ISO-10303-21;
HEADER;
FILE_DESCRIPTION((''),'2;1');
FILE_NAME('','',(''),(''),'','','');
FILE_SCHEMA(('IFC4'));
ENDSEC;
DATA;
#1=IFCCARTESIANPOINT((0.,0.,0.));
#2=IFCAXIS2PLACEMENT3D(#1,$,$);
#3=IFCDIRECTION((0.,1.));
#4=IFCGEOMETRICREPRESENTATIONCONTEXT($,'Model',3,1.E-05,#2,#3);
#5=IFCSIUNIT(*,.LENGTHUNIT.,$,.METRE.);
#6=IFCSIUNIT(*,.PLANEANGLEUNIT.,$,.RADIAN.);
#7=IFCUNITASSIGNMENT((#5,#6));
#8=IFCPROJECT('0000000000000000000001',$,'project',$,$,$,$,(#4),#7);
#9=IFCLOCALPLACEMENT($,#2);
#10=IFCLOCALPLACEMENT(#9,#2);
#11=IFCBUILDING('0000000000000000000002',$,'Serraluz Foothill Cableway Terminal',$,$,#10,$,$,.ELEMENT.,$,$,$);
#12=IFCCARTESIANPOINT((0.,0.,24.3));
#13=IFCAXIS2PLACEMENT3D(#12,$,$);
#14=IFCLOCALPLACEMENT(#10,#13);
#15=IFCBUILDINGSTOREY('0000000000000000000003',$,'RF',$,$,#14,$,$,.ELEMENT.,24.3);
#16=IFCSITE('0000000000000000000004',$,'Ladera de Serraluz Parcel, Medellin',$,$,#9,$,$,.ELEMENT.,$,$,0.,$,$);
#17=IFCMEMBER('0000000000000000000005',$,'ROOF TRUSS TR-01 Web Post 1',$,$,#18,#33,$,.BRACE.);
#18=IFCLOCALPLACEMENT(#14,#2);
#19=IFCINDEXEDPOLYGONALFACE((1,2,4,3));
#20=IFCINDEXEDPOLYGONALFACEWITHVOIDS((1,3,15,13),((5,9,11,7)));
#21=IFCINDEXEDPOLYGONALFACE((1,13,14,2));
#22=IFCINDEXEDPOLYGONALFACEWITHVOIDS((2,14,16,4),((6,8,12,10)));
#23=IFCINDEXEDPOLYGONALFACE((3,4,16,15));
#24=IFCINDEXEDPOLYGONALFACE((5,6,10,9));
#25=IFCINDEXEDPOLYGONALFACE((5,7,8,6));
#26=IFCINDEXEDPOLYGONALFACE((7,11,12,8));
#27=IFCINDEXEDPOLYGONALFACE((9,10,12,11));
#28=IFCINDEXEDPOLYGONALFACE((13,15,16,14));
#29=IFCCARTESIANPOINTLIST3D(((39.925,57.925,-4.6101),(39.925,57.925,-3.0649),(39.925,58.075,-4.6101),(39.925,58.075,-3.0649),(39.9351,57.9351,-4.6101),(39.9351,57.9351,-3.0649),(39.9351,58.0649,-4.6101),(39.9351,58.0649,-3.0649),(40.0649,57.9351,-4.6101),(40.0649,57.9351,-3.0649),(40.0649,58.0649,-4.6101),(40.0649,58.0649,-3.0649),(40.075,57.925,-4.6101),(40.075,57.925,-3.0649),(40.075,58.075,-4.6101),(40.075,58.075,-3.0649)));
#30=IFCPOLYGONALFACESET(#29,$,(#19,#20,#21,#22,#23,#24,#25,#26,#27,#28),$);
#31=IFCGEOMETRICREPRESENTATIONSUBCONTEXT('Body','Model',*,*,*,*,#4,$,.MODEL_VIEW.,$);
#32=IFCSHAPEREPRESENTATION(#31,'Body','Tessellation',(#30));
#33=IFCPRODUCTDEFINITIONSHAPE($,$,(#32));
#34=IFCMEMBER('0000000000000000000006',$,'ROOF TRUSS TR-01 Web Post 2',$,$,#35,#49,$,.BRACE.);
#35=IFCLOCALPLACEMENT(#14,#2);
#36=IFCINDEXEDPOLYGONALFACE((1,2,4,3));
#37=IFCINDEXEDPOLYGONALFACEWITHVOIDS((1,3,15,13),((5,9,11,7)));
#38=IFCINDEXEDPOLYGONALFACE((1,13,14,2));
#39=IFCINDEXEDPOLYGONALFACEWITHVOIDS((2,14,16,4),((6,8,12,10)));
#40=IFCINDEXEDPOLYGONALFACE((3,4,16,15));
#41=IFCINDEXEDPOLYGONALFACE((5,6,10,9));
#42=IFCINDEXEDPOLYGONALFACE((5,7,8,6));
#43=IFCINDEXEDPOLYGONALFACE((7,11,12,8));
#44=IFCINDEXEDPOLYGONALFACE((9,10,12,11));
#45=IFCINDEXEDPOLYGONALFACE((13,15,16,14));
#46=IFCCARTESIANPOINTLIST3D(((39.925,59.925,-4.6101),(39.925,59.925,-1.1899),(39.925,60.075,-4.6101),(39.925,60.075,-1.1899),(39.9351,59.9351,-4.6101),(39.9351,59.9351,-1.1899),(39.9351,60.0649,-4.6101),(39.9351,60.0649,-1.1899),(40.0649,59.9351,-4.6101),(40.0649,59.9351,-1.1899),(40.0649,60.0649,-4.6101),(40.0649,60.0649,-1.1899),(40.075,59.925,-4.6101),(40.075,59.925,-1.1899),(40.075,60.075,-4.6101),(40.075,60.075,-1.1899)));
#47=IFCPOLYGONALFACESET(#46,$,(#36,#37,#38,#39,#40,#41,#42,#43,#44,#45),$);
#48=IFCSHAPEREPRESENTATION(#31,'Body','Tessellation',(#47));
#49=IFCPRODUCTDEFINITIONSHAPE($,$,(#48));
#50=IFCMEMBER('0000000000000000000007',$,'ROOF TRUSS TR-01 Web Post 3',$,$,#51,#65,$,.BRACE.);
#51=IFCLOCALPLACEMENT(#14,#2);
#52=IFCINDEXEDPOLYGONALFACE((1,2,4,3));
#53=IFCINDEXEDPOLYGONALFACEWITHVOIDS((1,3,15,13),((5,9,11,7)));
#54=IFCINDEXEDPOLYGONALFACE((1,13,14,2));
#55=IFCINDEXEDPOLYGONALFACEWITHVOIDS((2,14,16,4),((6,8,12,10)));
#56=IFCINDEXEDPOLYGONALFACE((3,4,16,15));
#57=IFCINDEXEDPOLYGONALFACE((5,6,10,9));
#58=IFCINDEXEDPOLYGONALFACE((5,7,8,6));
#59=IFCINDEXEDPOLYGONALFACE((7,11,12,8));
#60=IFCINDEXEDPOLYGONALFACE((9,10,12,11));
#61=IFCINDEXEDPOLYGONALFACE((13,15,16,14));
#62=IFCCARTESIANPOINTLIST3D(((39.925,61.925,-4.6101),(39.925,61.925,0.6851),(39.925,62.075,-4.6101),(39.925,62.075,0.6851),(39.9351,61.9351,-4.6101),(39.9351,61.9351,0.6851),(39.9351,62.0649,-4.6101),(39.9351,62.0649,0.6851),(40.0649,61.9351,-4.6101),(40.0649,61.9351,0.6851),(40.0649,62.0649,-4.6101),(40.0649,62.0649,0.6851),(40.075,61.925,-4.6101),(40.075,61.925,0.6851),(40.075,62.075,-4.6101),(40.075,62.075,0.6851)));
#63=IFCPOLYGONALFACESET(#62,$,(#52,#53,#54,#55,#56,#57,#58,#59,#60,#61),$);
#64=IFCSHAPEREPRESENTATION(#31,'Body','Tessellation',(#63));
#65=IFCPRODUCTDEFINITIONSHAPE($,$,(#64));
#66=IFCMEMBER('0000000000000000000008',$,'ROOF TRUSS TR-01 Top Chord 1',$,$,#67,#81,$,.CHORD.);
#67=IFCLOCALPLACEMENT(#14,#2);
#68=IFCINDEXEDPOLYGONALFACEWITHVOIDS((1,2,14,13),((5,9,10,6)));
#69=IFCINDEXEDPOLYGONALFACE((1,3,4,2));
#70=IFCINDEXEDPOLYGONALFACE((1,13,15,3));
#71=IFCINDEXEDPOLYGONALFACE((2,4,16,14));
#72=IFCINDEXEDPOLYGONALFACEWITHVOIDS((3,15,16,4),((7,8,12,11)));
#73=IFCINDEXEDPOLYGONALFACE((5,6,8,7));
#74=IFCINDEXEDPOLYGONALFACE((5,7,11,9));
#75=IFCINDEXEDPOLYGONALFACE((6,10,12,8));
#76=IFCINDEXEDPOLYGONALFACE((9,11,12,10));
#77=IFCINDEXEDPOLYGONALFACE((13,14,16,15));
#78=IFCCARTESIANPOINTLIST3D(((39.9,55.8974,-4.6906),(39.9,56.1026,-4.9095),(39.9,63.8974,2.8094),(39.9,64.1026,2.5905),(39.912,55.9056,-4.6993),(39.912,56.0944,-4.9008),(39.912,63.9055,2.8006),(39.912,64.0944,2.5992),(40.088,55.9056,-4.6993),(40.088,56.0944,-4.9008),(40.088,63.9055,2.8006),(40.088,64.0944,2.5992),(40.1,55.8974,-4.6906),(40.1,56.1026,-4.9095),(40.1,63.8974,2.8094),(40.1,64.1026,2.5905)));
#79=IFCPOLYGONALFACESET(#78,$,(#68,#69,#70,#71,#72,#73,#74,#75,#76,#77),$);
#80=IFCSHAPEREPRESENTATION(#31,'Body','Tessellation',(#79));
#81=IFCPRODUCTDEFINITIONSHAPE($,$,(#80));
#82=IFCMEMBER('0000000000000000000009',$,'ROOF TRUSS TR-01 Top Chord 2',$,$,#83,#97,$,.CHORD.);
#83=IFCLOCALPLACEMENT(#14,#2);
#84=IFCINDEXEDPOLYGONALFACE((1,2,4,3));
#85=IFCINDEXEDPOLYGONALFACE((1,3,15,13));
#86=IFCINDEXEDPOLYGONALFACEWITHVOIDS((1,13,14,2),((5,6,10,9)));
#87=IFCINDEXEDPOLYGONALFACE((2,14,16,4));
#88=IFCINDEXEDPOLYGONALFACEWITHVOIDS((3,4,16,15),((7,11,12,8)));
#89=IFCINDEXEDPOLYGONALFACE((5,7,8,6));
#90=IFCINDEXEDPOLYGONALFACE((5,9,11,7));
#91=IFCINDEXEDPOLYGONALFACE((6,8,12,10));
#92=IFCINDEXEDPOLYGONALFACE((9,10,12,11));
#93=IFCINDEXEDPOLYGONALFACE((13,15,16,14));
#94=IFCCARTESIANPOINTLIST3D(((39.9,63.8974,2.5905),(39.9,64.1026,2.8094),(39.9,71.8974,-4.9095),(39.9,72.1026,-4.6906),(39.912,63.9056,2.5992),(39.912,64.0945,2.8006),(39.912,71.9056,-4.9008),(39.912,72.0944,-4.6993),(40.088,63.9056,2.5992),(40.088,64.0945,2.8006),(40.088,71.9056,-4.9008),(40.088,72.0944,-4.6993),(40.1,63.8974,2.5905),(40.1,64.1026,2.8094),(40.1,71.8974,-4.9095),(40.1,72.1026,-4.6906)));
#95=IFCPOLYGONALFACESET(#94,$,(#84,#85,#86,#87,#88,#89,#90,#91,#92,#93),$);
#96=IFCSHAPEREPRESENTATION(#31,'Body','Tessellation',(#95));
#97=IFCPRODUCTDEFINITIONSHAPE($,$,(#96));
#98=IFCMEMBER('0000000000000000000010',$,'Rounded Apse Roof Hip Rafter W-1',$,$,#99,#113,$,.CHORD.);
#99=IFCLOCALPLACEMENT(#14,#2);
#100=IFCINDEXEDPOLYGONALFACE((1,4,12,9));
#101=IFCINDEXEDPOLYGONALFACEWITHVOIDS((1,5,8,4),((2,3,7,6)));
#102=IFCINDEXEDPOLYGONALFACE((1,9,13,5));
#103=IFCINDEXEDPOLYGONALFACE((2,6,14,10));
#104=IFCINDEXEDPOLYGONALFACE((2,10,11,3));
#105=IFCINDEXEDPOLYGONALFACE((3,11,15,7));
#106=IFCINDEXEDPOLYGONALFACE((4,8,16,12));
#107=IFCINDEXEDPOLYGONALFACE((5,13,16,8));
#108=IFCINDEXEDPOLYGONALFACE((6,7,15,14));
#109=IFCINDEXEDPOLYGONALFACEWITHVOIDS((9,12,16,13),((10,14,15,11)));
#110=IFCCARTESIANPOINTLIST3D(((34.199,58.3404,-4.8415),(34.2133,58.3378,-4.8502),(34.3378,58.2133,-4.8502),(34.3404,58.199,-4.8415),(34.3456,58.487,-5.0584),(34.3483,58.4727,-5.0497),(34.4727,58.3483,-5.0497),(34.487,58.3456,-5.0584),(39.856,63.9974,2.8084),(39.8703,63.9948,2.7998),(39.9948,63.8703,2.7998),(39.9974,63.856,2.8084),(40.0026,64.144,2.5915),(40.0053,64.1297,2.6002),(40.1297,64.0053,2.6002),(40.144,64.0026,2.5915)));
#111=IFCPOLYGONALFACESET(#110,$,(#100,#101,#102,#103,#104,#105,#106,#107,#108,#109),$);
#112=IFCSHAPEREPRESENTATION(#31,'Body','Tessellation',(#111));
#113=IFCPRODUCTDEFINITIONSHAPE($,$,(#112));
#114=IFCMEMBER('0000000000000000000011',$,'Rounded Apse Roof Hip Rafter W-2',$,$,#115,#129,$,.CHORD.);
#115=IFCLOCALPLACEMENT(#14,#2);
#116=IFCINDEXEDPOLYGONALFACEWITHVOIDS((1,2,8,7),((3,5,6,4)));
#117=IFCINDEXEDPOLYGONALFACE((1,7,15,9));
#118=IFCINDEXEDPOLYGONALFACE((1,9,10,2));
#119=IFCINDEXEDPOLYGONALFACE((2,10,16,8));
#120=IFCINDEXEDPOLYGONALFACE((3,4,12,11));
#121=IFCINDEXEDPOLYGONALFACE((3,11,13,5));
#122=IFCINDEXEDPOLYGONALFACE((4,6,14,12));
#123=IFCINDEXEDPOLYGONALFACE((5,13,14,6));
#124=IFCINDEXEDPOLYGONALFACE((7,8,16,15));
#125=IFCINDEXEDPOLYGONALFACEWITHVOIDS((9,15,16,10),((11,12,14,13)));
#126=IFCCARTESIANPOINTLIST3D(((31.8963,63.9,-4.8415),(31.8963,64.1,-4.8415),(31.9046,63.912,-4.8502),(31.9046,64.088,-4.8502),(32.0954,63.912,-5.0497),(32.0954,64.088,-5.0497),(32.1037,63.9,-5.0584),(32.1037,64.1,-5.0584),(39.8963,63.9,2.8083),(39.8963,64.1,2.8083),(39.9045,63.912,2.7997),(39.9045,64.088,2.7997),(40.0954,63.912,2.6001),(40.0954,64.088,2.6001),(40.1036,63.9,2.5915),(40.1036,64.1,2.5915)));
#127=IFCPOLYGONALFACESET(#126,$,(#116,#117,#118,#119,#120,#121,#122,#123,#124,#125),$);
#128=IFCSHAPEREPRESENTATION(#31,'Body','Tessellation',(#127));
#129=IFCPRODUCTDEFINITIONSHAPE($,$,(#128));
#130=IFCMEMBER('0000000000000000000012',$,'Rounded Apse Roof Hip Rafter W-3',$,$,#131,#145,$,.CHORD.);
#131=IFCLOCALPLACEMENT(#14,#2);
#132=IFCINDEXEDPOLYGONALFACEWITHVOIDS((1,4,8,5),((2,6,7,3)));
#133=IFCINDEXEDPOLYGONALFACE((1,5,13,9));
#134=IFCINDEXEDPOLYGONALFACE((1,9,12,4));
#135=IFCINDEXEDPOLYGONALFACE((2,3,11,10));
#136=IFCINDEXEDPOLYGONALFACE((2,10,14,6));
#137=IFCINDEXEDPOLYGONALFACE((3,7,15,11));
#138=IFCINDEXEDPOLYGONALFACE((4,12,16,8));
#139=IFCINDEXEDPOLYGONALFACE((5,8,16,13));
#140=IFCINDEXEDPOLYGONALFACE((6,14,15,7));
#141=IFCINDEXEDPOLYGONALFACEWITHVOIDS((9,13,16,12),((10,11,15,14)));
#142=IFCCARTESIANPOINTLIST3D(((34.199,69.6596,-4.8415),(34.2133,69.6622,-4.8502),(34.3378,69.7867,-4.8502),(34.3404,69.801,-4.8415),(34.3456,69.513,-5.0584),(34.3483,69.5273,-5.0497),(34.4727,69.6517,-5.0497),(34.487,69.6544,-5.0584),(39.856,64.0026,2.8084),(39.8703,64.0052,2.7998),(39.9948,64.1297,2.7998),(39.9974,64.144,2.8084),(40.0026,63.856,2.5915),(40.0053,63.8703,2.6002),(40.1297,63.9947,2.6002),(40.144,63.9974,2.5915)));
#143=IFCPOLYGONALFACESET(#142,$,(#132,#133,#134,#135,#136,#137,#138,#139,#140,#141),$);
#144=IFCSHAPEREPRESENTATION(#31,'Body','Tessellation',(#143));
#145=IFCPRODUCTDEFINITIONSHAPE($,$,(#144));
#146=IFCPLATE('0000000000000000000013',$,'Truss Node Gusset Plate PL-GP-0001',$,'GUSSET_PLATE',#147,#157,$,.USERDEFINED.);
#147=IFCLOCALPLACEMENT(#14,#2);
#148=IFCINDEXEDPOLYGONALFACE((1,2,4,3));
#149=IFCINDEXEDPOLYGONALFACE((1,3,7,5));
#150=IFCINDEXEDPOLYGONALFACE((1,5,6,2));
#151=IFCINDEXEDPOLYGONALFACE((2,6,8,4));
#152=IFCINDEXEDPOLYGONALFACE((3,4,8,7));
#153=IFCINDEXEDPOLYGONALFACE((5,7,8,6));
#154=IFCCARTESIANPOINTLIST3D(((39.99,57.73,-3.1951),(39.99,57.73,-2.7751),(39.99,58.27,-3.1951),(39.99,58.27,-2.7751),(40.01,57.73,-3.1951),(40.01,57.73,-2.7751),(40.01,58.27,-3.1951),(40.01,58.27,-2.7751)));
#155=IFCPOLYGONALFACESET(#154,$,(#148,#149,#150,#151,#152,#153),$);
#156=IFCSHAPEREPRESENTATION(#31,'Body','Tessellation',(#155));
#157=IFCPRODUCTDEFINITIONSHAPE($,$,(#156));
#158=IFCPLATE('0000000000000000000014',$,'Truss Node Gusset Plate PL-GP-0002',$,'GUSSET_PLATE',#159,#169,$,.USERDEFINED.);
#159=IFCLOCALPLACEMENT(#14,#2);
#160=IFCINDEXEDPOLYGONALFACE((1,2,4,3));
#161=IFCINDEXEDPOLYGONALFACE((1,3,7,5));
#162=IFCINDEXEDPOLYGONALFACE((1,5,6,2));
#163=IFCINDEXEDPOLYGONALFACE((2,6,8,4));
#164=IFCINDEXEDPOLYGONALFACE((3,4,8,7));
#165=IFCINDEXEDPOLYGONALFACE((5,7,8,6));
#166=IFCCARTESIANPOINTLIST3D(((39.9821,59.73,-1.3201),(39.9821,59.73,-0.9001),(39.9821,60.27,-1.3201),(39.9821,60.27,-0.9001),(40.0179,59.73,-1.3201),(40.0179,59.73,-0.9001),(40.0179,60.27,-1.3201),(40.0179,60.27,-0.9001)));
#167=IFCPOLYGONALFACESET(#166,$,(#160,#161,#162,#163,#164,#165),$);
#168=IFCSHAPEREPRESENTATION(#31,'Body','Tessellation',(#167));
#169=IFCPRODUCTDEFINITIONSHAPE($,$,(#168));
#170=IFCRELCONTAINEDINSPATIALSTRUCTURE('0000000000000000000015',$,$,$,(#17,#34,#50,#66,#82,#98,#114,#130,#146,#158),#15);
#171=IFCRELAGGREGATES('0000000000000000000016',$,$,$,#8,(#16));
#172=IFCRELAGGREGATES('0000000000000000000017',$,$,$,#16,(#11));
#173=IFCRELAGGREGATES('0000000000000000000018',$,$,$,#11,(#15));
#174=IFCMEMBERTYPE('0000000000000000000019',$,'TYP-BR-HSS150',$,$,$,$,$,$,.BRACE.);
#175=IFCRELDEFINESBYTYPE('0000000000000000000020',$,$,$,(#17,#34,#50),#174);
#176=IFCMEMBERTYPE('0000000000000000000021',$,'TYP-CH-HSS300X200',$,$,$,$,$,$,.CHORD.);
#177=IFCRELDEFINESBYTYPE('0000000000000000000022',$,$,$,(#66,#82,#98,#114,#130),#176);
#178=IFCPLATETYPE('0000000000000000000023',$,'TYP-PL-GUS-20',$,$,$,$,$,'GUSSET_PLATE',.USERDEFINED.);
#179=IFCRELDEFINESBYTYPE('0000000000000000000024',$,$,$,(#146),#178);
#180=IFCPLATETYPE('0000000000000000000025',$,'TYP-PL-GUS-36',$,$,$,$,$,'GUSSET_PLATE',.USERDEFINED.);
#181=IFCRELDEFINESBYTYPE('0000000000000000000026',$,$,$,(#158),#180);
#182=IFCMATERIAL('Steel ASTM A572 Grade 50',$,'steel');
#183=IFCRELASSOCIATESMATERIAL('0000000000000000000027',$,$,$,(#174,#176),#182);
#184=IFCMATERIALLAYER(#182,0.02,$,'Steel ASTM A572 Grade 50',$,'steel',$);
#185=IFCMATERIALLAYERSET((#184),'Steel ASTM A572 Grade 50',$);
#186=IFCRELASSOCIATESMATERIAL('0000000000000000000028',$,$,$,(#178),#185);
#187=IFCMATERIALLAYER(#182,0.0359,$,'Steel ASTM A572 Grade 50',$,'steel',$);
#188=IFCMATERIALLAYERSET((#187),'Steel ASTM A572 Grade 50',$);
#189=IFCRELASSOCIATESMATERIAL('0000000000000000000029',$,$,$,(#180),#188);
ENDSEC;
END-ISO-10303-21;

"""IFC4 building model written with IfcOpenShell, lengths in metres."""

from ifc_helpers import new_model, si_unit, direction, frame, origin, origin_2d, place, context, subcontext, project, spatial, rectangle, hollow_rectangle, extrude, material, layer, layer_set, material_profile, profile_set, type_object, element, save


model = new_model("IFC4")

# Units and contexts
model_context = context("Model", 3, precision=1e-05, world=origin(), true_north=direction((0.0, 1.0)))
body_context = subcontext(model_context, "Body", "Model", "MODEL_VIEW")
ifc_project = project(units=[si_unit("LENGTHUNIT", "METRE"), si_unit("PLANEANGLEUNIT", "RADIAN")], contexts=[model_context])

# Site, building, storey
site_placement = place(None, origin())
site = spatial("IfcSite", under=ifc_project, at=site_placement, Name="Ladera de Serraluz Parcel, Medellin", CompositionType="ELEMENT", RefElevation=0.0)
building_placement = place(site_placement, origin())
building = spatial("IfcBuilding", under=site, at=building_placement, Name="Serraluz Foothill Cableway Terminal", CompositionType="ELEMENT")
storey_placement = place(building_placement, frame((0.0, 0.0, 24.3)))
storey = spatial("IfcBuildingStorey", under=building, at=storey_placement, Name="RF", CompositionType="ELEMENT", Elevation=24.3)

# Members
ifc_material_1 = material(Name="Steel ASTM A572 Grade 50", Category="steel")
ifc_material_profile_1 = material_profile(ifc_material_1, hollow_rectangle(XDim=0.1499, YDim=0.1499, WallThickness=0.01, at=origin_2d()), Name="HSS150X150X10")
ifc_profile_set_1 = profile_set([ifc_material_profile_1], Name="Steel ASTM A572 Grade 50")
member_type_1 = type_object("IfcMemberType", Name="TYP-BR-HSS150", PredefinedType="BRACE", material=ifc_profile_set_1)
member_1_placement = place(storey_placement, frame((40.0, 58.0, -4.6101), z_axis=(0.0, 0.0, 1.0), x_axis=(1.0, 0.0, 0.0)))
element("IfcMember", 1, at=member_1_placement, inside=storey, type_object=member_type_1, Name="ROOF TRUSS TR-01 Web Post 1", PredefinedType="BRACE", context=body_context, shape_type="SweptSolid", body=[
    extrude(hollow_rectangle(XDim=0.1499, YDim=0.1499, WallThickness=0.01, at=origin_2d()), origin(), (0.0, 0.0, 1.0), 1.5452),
])
member_2_placement = place(storey_placement, frame((40.0, 60.0, -4.6101), z_axis=(0.0, 0.0, 1.0), x_axis=(1.0, 0.0, 0.0)))
element("IfcMember", 2, at=member_2_placement, inside=storey, type_object=member_type_1, Name="ROOF TRUSS TR-01 Web Post 2", PredefinedType="BRACE", context=body_context, shape_type="SweptSolid", body=[
    extrude(hollow_rectangle(XDim=0.1499, YDim=0.1499, WallThickness=0.01, at=origin_2d()), origin(), (0.0, 0.0, 1.0), 3.4202),
])
member_3_placement = place(storey_placement, frame((40.0, 62.0, -4.6101), z_axis=(0.0, 0.0, 1.0), x_axis=(1.0, 0.0, 0.0)))
element("IfcMember", 3, at=member_3_placement, inside=storey, type_object=member_type_1, Name="ROOF TRUSS TR-01 Web Post 3", PredefinedType="BRACE", context=body_context, shape_type="SweptSolid", body=[
    extrude(hollow_rectangle(XDim=0.1499, YDim=0.1499, WallThickness=0.01, at=origin_2d()), origin(), (0.0, 0.0, 1.0), 5.2952),
])
ifc_material_profile_2 = material_profile(ifc_material_1, hollow_rectangle(XDim=0.2, YDim=0.3, WallThickness=0.012, at=origin_2d()), Name="HSS300X200X12")
ifc_profile_set_2 = profile_set([ifc_material_profile_2], Name="Steel ASTM A572 Grade 50")
member_type_2 = type_object("IfcMemberType", Name="TYP-CH-HSS300X200", PredefinedType="CHORD", material=ifc_profile_set_2)
for number, where, z_axis, x_axis, name in (
    (4, (40.0, 56.0, -4.8), (0.0, 0.729537, 0.683941), (-1.0, 0.0, 0.0), "ROOF TRUSS TR-01 Top Chord 1"),
    (5, (40.0, 72.0, -4.8), (0.0, -0.729537, 0.683941), (1.0, 0.0, 0.0), "ROOF TRUSS TR-01 Top Chord 2"),
):
    element("IfcMember", number, at=place(storey_placement, frame(where, z_axis=z_axis, x_axis=x_axis)), inside=storey, type_object=member_type_2, Name=name, PredefinedType="CHORD", context=body_context, shape_type="SweptSolid", body=[
        extrude(hollow_rectangle(XDim=0.2, YDim=0.3, WallThickness=0.012, at=origin_2d()), origin(), (0.0, 0.0, 1.0), 10.9658),
    ])
member_4_placement = place(storey_placement, frame((34.343, 58.343, -4.95), z_axis=(0.511063, 0.511063, 0.691107), x_axis=(-0.707107, 0.707107, 0.0)))
element("IfcMember", 6, at=member_4_placement, inside=storey, type_object=member_type_2, Name="Rounded Apse Roof Hip Rafter W-1", PredefinedType="CHORD", context=body_context, shape_type="SweptSolid", body=[
    extrude(hollow_rectangle(XDim=0.2, YDim=0.3, WallThickness=0.012, at=origin_2d()), origin(), (0.0, 0.0, 1.0), 11.0691),
])
member_5_placement = place(storey_placement, frame((32.0, 64.0, -4.95), z_axis=(0.722744, 0.0, 0.691115), x_axis=(0.0, 1.0, 0.0)))
element("IfcMember", 7, at=member_5_placement, inside=storey, type_object=member_type_2, Name="Rounded Apse Roof Hip Rafter W-2", PredefinedType="CHORD", context=body_context, shape_type="SweptSolid", body=[
    extrude(hollow_rectangle(XDim=0.2, YDim=0.3, WallThickness=0.012, at=origin_2d()), origin(), (0.0, 0.0, 1.0), 11.0688),
])
member_6_placement = place(storey_placement, frame((34.343, 69.657, -4.95), z_axis=(0.511063, -0.511063, 0.691107), x_axis=(0.707107, 0.707107, 0.0)))
element("IfcMember", 8, at=member_6_placement, inside=storey, type_object=member_type_2, Name="Rounded Apse Roof Hip Rafter W-3", PredefinedType="CHORD", context=body_context, shape_type="SweptSolid", body=[
    extrude(hollow_rectangle(XDim=0.2, YDim=0.3, WallThickness=0.012, at=origin_2d()), origin(), (0.0, 0.0, 1.0), 11.0691),
])

# Plates
ifc_layer_1 = layer(ifc_material_1, 0.02, Name="Steel ASTM A572 Grade 50", Category="steel")
ifc_layer_set_1 = layer_set([ifc_layer_1], Name="Steel ASTM A572 Grade 50")
plate_type_1 = type_object("IfcPlateType", Name="TYP-PL-GUS-20", ElementType="GUSSET_PLATE", PredefinedType="USERDEFINED", material=ifc_layer_set_1)
plate_1_placement = place(storey_placement, frame((40.0, 58.0, -3.1951), z_axis=(0.0, 0.0, 1.0), x_axis=(1.0, 0.0, 0.0)))
element("IfcPlate", 9, at=plate_1_placement, inside=storey, type_object=plate_type_1, Name="Truss Node Gusset Plate PL-GP-0001", ObjectType="GUSSET_PLATE", PredefinedType="USERDEFINED", context=body_context, shape_type="SweptSolid", body=[
    extrude(rectangle(XDim=0.02, YDim=0.54, at=origin_2d()), origin(), (0.0, 0.0, 1.0), 0.4199),
])
ifc_layer_2 = layer(ifc_material_1, 0.0359, Name="Steel ASTM A572 Grade 50", Category="steel")
ifc_layer_set_2 = layer_set([ifc_layer_2], Name="Steel ASTM A572 Grade 50")
plate_type_2 = type_object("IfcPlateType", Name="TYP-PL-GUS-36", ElementType="GUSSET_PLATE", PredefinedType="USERDEFINED", material=ifc_layer_set_2)
plate_2_placement = place(storey_placement, frame((40.0, 60.0, -1.3201), z_axis=(0.0, 0.0, 1.0), x_axis=(1.0, 0.0, 0.0)))
element("IfcPlate", 10, at=plate_2_placement, inside=storey, type_object=plate_type_2, Name="Truss Node Gusset Plate PL-GP-0002", ObjectType="GUSSET_PLATE", PredefinedType="USERDEFINED", context=body_context, shape_type="SweptSolid", body=[
    extrude(rectangle(XDim=0.0359, YDim=0.54, at=origin_2d()), origin(), (0.0, 0.0, 1.0), 0.4199),
])

save(model, "model.ifc")
